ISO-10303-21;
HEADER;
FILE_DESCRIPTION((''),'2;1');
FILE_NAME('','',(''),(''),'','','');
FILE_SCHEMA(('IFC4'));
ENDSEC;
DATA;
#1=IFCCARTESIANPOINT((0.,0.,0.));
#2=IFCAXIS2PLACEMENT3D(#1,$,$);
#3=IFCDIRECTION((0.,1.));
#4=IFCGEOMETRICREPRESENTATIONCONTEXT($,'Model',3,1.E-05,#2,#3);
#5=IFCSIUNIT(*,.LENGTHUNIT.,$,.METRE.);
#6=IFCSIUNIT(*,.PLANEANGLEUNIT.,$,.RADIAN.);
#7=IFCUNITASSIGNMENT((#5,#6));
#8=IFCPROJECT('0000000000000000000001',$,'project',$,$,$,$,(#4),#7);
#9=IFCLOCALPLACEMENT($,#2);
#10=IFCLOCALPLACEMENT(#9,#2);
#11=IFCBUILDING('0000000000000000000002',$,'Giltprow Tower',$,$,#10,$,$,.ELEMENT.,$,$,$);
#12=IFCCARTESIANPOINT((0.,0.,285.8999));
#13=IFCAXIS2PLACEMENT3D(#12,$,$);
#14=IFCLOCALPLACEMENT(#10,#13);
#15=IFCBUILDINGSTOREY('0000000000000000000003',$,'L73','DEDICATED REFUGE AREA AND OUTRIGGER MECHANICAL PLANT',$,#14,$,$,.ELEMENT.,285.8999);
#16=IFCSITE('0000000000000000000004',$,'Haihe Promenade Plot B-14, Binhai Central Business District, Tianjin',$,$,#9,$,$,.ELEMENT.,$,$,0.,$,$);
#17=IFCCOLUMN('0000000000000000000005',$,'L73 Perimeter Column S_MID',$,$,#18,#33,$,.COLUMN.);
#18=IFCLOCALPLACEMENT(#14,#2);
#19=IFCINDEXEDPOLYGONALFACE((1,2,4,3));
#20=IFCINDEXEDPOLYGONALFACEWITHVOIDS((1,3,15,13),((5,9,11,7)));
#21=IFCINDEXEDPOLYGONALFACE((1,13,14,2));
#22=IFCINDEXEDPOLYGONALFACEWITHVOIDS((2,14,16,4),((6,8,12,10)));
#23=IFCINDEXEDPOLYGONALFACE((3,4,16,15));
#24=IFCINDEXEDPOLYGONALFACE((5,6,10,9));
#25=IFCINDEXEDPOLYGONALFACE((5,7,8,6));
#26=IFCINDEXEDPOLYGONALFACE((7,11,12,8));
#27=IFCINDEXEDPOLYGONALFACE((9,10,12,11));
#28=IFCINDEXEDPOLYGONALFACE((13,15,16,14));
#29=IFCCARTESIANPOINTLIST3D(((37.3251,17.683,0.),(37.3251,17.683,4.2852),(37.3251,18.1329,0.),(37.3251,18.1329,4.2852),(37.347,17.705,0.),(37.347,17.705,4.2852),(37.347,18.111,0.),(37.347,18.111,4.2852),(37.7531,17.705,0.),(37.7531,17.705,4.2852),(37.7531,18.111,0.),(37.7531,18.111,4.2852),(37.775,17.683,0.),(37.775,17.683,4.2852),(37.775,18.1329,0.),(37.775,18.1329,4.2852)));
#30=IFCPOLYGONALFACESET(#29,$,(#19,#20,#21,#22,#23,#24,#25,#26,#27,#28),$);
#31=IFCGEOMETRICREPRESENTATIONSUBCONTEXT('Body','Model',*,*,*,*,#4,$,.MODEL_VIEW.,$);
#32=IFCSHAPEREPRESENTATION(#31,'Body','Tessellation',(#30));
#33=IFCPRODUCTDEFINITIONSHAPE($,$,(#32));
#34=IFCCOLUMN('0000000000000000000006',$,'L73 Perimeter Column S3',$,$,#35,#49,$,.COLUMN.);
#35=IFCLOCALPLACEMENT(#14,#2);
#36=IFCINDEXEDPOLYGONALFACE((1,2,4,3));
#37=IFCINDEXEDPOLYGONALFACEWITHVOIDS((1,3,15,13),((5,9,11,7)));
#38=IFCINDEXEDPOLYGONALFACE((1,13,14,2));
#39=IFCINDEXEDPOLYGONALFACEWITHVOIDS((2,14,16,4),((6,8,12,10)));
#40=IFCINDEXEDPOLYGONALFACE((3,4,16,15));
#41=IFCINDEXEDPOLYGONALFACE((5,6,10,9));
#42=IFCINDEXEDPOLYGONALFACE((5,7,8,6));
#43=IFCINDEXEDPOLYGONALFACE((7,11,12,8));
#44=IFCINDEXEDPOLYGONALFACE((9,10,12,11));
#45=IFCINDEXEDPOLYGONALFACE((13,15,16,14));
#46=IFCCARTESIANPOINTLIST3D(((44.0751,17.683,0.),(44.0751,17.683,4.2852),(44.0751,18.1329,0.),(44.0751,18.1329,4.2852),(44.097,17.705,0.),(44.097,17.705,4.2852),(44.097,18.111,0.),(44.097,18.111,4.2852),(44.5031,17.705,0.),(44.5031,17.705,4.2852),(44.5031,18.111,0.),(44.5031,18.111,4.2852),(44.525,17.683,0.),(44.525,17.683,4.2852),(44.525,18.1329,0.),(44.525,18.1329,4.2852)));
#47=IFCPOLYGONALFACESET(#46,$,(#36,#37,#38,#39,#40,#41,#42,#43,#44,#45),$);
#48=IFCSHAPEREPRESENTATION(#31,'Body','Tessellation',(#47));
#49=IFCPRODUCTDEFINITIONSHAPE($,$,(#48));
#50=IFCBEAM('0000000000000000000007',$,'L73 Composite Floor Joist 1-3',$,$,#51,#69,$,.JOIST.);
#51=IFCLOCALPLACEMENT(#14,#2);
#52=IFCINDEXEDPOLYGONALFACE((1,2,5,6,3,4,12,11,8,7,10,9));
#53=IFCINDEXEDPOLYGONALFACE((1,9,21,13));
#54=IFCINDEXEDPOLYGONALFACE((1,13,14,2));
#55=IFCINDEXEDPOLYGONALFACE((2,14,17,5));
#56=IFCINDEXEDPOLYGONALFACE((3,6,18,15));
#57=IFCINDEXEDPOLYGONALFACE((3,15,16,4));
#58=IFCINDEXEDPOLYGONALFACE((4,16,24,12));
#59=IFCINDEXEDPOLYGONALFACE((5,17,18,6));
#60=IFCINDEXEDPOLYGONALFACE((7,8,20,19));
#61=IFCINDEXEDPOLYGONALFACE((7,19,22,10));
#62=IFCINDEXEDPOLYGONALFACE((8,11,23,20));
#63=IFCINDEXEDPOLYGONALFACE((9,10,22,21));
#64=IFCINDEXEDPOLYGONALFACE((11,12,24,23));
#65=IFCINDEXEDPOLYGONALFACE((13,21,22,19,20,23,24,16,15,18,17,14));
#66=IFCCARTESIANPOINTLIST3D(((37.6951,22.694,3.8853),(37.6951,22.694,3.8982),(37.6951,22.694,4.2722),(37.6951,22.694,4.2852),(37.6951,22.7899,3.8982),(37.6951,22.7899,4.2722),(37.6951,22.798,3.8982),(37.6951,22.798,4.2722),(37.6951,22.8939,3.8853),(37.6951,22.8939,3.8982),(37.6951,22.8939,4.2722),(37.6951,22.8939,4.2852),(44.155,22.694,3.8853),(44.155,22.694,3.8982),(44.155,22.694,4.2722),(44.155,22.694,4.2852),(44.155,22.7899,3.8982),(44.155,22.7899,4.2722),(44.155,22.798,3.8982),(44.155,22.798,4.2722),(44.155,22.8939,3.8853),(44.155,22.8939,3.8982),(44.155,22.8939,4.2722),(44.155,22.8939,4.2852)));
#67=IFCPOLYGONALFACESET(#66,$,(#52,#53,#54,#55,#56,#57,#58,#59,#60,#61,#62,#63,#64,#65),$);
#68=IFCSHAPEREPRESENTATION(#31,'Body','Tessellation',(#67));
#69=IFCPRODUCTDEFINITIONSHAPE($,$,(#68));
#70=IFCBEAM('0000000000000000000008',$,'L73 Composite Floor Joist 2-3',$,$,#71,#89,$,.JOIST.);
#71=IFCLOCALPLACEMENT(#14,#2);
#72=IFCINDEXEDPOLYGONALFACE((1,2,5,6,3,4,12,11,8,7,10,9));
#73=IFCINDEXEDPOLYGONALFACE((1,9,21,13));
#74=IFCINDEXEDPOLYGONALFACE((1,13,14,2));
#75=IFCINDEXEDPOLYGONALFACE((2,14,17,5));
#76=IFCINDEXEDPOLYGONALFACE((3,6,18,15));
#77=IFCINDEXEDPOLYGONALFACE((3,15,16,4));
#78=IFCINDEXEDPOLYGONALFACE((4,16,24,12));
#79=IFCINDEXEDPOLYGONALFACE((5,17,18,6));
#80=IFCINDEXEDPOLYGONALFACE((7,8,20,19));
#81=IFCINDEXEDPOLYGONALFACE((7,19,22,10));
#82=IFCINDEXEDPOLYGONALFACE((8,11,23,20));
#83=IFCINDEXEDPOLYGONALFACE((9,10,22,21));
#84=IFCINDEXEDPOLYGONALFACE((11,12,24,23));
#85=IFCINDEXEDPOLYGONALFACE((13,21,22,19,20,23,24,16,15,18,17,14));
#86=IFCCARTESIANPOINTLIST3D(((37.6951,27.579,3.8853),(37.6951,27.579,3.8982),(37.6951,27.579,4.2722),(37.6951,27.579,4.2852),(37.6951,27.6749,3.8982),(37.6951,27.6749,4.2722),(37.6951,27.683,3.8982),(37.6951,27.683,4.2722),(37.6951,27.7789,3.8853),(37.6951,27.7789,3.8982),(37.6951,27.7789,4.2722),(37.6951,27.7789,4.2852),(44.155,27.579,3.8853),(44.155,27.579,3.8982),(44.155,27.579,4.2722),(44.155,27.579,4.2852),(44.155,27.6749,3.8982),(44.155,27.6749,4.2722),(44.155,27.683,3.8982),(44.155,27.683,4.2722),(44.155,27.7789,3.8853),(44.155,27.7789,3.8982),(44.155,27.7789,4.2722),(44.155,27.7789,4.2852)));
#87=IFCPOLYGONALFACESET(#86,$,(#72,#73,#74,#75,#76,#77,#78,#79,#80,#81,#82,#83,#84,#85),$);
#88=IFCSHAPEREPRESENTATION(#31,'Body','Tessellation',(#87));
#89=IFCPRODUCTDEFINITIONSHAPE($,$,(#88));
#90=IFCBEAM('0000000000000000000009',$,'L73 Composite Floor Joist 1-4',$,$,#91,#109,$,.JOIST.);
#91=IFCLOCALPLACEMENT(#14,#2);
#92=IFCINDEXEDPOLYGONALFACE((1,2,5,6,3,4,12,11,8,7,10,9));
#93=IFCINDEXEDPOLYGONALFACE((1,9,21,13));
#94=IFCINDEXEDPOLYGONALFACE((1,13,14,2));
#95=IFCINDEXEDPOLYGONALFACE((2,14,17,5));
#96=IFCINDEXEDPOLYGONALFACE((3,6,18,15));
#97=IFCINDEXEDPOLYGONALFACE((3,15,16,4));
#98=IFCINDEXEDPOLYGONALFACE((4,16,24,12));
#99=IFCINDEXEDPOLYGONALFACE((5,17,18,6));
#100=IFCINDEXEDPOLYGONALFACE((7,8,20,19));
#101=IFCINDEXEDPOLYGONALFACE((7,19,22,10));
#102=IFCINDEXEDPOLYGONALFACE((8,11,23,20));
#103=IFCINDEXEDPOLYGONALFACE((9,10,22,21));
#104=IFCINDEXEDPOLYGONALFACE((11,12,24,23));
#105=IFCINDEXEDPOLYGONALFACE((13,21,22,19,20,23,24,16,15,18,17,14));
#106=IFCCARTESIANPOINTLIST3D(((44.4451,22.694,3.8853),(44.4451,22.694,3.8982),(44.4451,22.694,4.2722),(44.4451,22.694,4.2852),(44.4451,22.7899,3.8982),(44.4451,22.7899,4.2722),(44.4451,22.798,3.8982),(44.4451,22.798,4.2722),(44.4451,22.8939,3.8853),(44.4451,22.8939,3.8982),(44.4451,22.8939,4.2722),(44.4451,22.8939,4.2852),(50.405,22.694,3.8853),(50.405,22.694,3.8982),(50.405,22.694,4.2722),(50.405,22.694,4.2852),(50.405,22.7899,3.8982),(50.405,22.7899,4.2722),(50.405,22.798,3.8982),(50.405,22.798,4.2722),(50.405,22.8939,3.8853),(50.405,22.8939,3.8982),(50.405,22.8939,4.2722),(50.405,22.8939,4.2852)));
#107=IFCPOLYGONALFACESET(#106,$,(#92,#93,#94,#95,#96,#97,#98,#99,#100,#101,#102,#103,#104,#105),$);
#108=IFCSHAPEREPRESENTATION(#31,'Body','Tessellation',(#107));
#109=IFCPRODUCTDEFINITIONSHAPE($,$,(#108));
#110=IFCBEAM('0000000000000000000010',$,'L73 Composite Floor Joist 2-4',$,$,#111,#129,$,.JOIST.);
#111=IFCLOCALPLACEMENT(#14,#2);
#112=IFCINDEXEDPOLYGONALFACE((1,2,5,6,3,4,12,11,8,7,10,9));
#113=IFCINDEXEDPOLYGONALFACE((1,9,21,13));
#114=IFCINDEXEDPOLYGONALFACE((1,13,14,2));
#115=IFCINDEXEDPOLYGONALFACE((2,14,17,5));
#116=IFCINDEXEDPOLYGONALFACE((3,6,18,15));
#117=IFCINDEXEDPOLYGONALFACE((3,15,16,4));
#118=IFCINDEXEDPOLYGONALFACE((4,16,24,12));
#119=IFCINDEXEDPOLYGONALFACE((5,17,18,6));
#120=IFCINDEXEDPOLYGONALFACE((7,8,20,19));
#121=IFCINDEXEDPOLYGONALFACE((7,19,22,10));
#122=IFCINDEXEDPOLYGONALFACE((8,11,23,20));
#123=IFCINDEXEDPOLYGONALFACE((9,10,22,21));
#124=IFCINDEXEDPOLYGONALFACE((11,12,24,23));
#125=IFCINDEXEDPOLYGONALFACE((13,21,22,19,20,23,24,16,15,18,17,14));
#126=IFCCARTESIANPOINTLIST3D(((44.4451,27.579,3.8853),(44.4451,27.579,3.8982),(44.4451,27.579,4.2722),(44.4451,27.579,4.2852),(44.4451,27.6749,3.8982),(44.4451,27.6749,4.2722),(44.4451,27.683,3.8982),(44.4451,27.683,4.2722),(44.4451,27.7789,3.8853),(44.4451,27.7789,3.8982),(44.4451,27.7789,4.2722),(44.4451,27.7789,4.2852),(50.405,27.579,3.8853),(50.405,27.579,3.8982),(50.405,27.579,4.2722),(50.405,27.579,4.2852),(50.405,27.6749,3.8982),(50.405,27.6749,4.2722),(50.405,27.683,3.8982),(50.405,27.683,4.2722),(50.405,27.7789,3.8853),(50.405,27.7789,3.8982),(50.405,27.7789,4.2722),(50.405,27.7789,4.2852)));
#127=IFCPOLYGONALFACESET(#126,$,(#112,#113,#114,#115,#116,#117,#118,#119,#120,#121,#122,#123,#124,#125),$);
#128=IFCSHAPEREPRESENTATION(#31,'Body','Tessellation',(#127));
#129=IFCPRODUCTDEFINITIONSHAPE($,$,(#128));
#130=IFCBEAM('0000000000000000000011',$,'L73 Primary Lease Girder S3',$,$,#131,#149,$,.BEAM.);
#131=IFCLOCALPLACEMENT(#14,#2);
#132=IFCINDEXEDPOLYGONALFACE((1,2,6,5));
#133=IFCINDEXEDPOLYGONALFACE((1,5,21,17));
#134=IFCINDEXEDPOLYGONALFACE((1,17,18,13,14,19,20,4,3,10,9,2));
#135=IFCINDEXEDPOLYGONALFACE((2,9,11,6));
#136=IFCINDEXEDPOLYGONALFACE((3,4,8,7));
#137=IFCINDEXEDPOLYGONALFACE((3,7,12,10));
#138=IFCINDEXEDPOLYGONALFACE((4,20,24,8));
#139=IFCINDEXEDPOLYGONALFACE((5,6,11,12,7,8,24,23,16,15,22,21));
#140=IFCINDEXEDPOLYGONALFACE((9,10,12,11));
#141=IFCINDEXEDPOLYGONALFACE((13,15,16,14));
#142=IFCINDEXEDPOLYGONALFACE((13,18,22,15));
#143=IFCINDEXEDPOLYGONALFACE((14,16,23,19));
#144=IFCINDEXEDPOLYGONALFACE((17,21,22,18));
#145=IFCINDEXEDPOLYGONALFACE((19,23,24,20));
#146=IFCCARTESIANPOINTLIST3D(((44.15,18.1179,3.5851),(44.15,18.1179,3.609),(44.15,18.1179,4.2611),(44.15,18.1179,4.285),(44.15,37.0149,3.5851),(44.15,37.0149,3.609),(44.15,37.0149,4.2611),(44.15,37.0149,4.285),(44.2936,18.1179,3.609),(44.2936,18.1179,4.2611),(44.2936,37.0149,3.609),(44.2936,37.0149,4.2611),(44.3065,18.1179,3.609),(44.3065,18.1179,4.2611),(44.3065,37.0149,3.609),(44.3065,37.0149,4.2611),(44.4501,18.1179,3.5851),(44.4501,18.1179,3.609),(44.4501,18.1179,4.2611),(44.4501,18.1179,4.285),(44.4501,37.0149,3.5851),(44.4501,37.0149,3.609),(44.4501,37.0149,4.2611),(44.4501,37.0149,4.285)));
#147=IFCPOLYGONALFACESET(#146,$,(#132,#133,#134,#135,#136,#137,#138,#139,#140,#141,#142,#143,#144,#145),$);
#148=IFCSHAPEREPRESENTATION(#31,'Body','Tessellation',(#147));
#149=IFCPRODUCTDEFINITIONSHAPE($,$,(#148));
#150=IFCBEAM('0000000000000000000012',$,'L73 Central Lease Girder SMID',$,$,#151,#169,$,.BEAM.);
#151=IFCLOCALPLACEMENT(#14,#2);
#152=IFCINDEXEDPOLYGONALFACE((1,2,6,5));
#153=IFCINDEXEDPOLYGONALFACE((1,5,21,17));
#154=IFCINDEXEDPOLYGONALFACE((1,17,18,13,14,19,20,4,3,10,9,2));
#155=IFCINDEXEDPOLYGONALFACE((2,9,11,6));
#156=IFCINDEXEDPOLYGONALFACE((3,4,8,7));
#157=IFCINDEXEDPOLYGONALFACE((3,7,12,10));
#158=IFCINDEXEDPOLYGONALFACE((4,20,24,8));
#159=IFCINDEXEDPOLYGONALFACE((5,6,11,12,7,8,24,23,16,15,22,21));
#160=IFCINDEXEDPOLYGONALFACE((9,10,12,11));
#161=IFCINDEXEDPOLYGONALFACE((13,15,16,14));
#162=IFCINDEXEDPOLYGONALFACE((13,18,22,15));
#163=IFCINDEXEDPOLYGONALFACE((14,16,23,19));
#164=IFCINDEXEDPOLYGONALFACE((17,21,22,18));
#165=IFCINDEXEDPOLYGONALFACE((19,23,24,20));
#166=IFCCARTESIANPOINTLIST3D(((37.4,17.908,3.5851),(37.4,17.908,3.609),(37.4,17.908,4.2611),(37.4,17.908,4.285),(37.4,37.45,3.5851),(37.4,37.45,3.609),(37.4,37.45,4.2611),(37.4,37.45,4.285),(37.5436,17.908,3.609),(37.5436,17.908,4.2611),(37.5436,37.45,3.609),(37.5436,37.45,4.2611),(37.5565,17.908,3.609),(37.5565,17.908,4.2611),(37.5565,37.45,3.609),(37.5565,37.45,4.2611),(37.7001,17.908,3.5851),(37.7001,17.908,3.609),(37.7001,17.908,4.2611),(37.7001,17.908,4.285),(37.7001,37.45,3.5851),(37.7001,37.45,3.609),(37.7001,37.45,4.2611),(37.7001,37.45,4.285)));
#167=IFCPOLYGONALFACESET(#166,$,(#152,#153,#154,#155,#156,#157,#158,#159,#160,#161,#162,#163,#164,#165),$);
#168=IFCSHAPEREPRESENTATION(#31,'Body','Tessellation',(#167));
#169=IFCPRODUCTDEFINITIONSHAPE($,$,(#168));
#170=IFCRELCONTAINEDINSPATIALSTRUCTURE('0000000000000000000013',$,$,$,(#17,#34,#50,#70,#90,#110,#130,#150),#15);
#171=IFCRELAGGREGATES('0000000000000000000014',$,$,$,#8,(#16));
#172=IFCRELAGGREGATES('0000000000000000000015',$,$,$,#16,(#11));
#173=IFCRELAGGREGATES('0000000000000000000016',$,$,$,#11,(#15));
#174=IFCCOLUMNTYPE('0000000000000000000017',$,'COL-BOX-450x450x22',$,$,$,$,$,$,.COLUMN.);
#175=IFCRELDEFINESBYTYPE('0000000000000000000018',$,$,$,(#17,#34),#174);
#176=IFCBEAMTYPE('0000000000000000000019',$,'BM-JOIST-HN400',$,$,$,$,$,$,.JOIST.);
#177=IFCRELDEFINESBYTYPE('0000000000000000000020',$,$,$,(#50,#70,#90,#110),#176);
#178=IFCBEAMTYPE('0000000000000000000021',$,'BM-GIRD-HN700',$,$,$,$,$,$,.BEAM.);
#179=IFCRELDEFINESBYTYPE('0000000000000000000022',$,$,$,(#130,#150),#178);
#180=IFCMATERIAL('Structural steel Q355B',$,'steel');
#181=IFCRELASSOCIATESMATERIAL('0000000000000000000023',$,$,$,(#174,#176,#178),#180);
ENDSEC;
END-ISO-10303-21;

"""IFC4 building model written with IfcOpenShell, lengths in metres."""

from ifc_helpers import new_model, si_unit, direction, frame, origin, origin_2d, place, context, subcontext, project, spatial, hollow_rectangle, i_section, extrude, source, transform, mapped, material, material_profile, profile_set, type_object, element, save


model = new_model("IFC4")

# Units and contexts
model_context = context("Model", 3, precision=1e-05, world=origin(), true_north=direction((0.0, 1.0)))
body_context = subcontext(model_context, "Body", "Model", "MODEL_VIEW")
ifc_project = project(units=[si_unit("LENGTHUNIT", "METRE"), si_unit("PLANEANGLEUNIT", "RADIAN")], contexts=[model_context])

# Site, building, storey
site_placement = place(None, origin())
site = spatial("IfcSite", under=ifc_project, at=site_placement, Name="Haihe Promenade Plot B-14, Binhai Central Business District, Tianjin", CompositionType="ELEMENT", RefElevation=0.0)
building_placement = place(site_placement, origin())
building = spatial("IfcBuilding", under=site, at=building_placement, Name="Giltprow Tower", CompositionType="ELEMENT")
storey_placement = place(building_placement, frame((0.0, 0.0, 285.8999)))
storey = spatial("IfcBuildingStorey", under=building, at=storey_placement, Name="L73", Description="DEDICATED REFUGE AREA AND OUTRIGGER MECHANICAL PLANT", CompositionType="ELEMENT", Elevation=285.8999)

# Columns
ifc_material_1 = material(Name="Structural steel Q355B", Category="steel")
ifc_material_profile_1 = material_profile(ifc_material_1, hollow_rectangle(XDim=0.45, YDim=0.45, WallThickness=0.022, at=origin_2d()), Name="BOX 450x450x22")
ifc_profile_set_1 = profile_set([ifc_material_profile_1], Name="Structural steel Q355B")
column_type = type_object("IfcColumnType", Name="COL-BOX-450x450x22", PredefinedType="COLUMN", material=ifc_profile_set_1)
shared_shape_1 = source(origin(), body_context, "Body", "SweptSolid", [
    extrude(hollow_rectangle(XDim=0.45, YDim=0.45, WallThickness=0.022, at=origin_2d()), origin(), (0.0, 0.0, 1.0), 4.2852),
])
for number, where, z_axis, x_axis, name in (
    (1, (37.55, 17.908, 0.0), (0.0, 0.0, 1.0), (1.0, 0.0, 0.0), "L73 Perimeter Column S_MID"),
    (2, (44.3, 17.908, 0.0), (0.0, 0.0, 1.0), (1.0, 0.0, 0.0), "L73 Perimeter Column S3"),
):
    element("IfcColumn", number, at=place(storey_placement, frame(where, z_axis=z_axis, x_axis=x_axis)), inside=storey, type_object=column_type, Name=name, PredefinedType="COLUMN", context=body_context, shape_type="MappedRepresentation", body=[
        mapped(shared_shape_1, transform((0.0, 0.0, 0.0), x_axis=(1.0, 0.0, 0.0), y_axis=(0.0, 1.0, 0.0), z_axis=(0.0, 0.0, 1.0), scale=1.0)),
    ])

# Beams
ifc_material_profile_2 = material_profile(ifc_material_1, i_section(OverallWidth=0.2, OverallDepth=0.3999, WebThickness=0.0081, FlangeThickness=0.0129, at=origin_2d()), Name="HN 400x200x8x13")
ifc_profile_set_2 = profile_set([ifc_material_profile_2], Name="Structural steel Q355B")
beam_type_1 = type_object("IfcBeamType", Name="BM-JOIST-HN400", PredefinedType="JOIST", material=ifc_profile_set_2)
shared_shape_2 = source(origin(), body_context, "Body", "SweptSolid", [
    extrude(i_section(OverallWidth=0.2, OverallDepth=0.3999, WebThickness=0.0081, FlangeThickness=0.0129, at=origin_2d()), origin(), (0.0, 0.0, 1.0), 6.46),
])
for number, where, z_axis, x_axis, name in (
    (3, (37.6951, 22.7939, 4.0852), (1.0, 0.0, 0.0), (0.0, 1.0, 0.0), "L73 Composite Floor Joist 1-3"),
    (4, (37.6951, 27.679, 4.0852), (1.0, 0.0, 0.0), (0.0, 1.0, 0.0), "L73 Composite Floor Joist 2-3"),
):
    element("IfcBeam", number, at=place(storey_placement, frame(where, z_axis=z_axis, x_axis=x_axis)), inside=storey, type_object=beam_type_1, Name=name, PredefinedType="JOIST", context=body_context, shape_type="MappedRepresentation", body=[
        mapped(shared_shape_2, transform((0.0, 0.0, 0.0), x_axis=(1.0, 0.0, 0.0), y_axis=(0.0, 1.0, 0.0), z_axis=(0.0, 0.0, 1.0), scale=1.0)),
    ])
shared_shape_3 = source(origin(), body_context, "Body", "SweptSolid", [
    extrude(i_section(OverallWidth=0.2, OverallDepth=0.3999, WebThickness=0.0081, FlangeThickness=0.0129, at=origin_2d()), origin(), (0.0, 0.0, 1.0), 5.96),
])
for number, where, z_axis, x_axis, name in (
    (5, (44.4451, 22.7939, 4.0852), (1.0, 0.0, 0.0), (0.0, 1.0, 0.0), "L73 Composite Floor Joist 1-4"),
    (6, (44.4451, 27.679, 4.0852), (1.0, 0.0, 0.0), (0.0, 1.0, 0.0), "L73 Composite Floor Joist 2-4"),
):
    element("IfcBeam", number, at=place(storey_placement, frame(where, z_axis=z_axis, x_axis=x_axis)), inside=storey, type_object=beam_type_1, Name=name, PredefinedType="JOIST", context=body_context, shape_type="MappedRepresentation", body=[
        mapped(shared_shape_3, transform((0.0, 0.0, 0.0), x_axis=(1.0, 0.0, 0.0), y_axis=(0.0, 1.0, 0.0), z_axis=(0.0, 0.0, 1.0), scale=1.0)),
    ])
ifc_material_profile_3 = material_profile(ifc_material_1, i_section(OverallWidth=0.3, OverallDepth=0.7, WebThickness=0.0129, FlangeThickness=0.0239, at=origin_2d()), Name="HN 700x300x13x24")
ifc_profile_set_3 = profile_set([ifc_material_profile_3], Name="Structural steel Q355B")
beam_type_2 = type_object("IfcBeamType", Name="BM-GIRD-HN700", PredefinedType="BEAM", material=ifc_profile_set_3)
shared_shape_4 = source(origin(), body_context, "Body", "SweptSolid", [
    extrude(i_section(OverallWidth=0.3, OverallDepth=0.7, WebThickness=0.0129, FlangeThickness=0.0239, at=origin_2d()), origin(), (0.0, 0.0, 1.0), 18.897),
])
beam_1_placement = place(storey_placement, frame((44.3, 18.1179, 3.9351), z_axis=(0.0, 1.0, 0.0), x_axis=(-1.0, 0.0, 0.0)))
element("IfcBeam", 7, at=beam_1_placement, inside=storey, type_object=beam_type_2, Name="L73 Primary Lease Girder S3", PredefinedType="BEAM", context=body_context, shape_type="MappedRepresentation", body=[
    mapped(shared_shape_4, transform((0.0, 0.0, 0.0), x_axis=(1.0, 0.0, 0.0), y_axis=(0.0, 1.0, 0.0), z_axis=(0.0, 0.0, 1.0), scale=1.0)),
])
shared_shape_5 = source(origin(), body_context, "Body", "SweptSolid", [
    extrude(i_section(OverallWidth=0.3, OverallDepth=0.7, WebThickness=0.0129, FlangeThickness=0.0239, at=origin_2d()), origin(), (0.0, 0.0, 1.0), 19.542),
])
beam_2_placement = place(storey_placement, frame((37.55, 17.908, 3.9351), z_axis=(0.0, 1.0, 0.0), x_axis=(-1.0, 0.0, 0.0)))
element("IfcBeam", 8, at=beam_2_placement, inside=storey, type_object=beam_type_2, Name="L73 Central Lease Girder SMID", PredefinedType="BEAM", context=body_context, shape_type="MappedRepresentation", body=[
    mapped(shared_shape_5, transform((0.0, 0.0, 0.0), x_axis=(1.0, 0.0, 0.0), y_axis=(0.0, 1.0, 0.0), z_axis=(0.0, 0.0, 1.0), scale=1.0)),
])

save(model, "model.ifc")
